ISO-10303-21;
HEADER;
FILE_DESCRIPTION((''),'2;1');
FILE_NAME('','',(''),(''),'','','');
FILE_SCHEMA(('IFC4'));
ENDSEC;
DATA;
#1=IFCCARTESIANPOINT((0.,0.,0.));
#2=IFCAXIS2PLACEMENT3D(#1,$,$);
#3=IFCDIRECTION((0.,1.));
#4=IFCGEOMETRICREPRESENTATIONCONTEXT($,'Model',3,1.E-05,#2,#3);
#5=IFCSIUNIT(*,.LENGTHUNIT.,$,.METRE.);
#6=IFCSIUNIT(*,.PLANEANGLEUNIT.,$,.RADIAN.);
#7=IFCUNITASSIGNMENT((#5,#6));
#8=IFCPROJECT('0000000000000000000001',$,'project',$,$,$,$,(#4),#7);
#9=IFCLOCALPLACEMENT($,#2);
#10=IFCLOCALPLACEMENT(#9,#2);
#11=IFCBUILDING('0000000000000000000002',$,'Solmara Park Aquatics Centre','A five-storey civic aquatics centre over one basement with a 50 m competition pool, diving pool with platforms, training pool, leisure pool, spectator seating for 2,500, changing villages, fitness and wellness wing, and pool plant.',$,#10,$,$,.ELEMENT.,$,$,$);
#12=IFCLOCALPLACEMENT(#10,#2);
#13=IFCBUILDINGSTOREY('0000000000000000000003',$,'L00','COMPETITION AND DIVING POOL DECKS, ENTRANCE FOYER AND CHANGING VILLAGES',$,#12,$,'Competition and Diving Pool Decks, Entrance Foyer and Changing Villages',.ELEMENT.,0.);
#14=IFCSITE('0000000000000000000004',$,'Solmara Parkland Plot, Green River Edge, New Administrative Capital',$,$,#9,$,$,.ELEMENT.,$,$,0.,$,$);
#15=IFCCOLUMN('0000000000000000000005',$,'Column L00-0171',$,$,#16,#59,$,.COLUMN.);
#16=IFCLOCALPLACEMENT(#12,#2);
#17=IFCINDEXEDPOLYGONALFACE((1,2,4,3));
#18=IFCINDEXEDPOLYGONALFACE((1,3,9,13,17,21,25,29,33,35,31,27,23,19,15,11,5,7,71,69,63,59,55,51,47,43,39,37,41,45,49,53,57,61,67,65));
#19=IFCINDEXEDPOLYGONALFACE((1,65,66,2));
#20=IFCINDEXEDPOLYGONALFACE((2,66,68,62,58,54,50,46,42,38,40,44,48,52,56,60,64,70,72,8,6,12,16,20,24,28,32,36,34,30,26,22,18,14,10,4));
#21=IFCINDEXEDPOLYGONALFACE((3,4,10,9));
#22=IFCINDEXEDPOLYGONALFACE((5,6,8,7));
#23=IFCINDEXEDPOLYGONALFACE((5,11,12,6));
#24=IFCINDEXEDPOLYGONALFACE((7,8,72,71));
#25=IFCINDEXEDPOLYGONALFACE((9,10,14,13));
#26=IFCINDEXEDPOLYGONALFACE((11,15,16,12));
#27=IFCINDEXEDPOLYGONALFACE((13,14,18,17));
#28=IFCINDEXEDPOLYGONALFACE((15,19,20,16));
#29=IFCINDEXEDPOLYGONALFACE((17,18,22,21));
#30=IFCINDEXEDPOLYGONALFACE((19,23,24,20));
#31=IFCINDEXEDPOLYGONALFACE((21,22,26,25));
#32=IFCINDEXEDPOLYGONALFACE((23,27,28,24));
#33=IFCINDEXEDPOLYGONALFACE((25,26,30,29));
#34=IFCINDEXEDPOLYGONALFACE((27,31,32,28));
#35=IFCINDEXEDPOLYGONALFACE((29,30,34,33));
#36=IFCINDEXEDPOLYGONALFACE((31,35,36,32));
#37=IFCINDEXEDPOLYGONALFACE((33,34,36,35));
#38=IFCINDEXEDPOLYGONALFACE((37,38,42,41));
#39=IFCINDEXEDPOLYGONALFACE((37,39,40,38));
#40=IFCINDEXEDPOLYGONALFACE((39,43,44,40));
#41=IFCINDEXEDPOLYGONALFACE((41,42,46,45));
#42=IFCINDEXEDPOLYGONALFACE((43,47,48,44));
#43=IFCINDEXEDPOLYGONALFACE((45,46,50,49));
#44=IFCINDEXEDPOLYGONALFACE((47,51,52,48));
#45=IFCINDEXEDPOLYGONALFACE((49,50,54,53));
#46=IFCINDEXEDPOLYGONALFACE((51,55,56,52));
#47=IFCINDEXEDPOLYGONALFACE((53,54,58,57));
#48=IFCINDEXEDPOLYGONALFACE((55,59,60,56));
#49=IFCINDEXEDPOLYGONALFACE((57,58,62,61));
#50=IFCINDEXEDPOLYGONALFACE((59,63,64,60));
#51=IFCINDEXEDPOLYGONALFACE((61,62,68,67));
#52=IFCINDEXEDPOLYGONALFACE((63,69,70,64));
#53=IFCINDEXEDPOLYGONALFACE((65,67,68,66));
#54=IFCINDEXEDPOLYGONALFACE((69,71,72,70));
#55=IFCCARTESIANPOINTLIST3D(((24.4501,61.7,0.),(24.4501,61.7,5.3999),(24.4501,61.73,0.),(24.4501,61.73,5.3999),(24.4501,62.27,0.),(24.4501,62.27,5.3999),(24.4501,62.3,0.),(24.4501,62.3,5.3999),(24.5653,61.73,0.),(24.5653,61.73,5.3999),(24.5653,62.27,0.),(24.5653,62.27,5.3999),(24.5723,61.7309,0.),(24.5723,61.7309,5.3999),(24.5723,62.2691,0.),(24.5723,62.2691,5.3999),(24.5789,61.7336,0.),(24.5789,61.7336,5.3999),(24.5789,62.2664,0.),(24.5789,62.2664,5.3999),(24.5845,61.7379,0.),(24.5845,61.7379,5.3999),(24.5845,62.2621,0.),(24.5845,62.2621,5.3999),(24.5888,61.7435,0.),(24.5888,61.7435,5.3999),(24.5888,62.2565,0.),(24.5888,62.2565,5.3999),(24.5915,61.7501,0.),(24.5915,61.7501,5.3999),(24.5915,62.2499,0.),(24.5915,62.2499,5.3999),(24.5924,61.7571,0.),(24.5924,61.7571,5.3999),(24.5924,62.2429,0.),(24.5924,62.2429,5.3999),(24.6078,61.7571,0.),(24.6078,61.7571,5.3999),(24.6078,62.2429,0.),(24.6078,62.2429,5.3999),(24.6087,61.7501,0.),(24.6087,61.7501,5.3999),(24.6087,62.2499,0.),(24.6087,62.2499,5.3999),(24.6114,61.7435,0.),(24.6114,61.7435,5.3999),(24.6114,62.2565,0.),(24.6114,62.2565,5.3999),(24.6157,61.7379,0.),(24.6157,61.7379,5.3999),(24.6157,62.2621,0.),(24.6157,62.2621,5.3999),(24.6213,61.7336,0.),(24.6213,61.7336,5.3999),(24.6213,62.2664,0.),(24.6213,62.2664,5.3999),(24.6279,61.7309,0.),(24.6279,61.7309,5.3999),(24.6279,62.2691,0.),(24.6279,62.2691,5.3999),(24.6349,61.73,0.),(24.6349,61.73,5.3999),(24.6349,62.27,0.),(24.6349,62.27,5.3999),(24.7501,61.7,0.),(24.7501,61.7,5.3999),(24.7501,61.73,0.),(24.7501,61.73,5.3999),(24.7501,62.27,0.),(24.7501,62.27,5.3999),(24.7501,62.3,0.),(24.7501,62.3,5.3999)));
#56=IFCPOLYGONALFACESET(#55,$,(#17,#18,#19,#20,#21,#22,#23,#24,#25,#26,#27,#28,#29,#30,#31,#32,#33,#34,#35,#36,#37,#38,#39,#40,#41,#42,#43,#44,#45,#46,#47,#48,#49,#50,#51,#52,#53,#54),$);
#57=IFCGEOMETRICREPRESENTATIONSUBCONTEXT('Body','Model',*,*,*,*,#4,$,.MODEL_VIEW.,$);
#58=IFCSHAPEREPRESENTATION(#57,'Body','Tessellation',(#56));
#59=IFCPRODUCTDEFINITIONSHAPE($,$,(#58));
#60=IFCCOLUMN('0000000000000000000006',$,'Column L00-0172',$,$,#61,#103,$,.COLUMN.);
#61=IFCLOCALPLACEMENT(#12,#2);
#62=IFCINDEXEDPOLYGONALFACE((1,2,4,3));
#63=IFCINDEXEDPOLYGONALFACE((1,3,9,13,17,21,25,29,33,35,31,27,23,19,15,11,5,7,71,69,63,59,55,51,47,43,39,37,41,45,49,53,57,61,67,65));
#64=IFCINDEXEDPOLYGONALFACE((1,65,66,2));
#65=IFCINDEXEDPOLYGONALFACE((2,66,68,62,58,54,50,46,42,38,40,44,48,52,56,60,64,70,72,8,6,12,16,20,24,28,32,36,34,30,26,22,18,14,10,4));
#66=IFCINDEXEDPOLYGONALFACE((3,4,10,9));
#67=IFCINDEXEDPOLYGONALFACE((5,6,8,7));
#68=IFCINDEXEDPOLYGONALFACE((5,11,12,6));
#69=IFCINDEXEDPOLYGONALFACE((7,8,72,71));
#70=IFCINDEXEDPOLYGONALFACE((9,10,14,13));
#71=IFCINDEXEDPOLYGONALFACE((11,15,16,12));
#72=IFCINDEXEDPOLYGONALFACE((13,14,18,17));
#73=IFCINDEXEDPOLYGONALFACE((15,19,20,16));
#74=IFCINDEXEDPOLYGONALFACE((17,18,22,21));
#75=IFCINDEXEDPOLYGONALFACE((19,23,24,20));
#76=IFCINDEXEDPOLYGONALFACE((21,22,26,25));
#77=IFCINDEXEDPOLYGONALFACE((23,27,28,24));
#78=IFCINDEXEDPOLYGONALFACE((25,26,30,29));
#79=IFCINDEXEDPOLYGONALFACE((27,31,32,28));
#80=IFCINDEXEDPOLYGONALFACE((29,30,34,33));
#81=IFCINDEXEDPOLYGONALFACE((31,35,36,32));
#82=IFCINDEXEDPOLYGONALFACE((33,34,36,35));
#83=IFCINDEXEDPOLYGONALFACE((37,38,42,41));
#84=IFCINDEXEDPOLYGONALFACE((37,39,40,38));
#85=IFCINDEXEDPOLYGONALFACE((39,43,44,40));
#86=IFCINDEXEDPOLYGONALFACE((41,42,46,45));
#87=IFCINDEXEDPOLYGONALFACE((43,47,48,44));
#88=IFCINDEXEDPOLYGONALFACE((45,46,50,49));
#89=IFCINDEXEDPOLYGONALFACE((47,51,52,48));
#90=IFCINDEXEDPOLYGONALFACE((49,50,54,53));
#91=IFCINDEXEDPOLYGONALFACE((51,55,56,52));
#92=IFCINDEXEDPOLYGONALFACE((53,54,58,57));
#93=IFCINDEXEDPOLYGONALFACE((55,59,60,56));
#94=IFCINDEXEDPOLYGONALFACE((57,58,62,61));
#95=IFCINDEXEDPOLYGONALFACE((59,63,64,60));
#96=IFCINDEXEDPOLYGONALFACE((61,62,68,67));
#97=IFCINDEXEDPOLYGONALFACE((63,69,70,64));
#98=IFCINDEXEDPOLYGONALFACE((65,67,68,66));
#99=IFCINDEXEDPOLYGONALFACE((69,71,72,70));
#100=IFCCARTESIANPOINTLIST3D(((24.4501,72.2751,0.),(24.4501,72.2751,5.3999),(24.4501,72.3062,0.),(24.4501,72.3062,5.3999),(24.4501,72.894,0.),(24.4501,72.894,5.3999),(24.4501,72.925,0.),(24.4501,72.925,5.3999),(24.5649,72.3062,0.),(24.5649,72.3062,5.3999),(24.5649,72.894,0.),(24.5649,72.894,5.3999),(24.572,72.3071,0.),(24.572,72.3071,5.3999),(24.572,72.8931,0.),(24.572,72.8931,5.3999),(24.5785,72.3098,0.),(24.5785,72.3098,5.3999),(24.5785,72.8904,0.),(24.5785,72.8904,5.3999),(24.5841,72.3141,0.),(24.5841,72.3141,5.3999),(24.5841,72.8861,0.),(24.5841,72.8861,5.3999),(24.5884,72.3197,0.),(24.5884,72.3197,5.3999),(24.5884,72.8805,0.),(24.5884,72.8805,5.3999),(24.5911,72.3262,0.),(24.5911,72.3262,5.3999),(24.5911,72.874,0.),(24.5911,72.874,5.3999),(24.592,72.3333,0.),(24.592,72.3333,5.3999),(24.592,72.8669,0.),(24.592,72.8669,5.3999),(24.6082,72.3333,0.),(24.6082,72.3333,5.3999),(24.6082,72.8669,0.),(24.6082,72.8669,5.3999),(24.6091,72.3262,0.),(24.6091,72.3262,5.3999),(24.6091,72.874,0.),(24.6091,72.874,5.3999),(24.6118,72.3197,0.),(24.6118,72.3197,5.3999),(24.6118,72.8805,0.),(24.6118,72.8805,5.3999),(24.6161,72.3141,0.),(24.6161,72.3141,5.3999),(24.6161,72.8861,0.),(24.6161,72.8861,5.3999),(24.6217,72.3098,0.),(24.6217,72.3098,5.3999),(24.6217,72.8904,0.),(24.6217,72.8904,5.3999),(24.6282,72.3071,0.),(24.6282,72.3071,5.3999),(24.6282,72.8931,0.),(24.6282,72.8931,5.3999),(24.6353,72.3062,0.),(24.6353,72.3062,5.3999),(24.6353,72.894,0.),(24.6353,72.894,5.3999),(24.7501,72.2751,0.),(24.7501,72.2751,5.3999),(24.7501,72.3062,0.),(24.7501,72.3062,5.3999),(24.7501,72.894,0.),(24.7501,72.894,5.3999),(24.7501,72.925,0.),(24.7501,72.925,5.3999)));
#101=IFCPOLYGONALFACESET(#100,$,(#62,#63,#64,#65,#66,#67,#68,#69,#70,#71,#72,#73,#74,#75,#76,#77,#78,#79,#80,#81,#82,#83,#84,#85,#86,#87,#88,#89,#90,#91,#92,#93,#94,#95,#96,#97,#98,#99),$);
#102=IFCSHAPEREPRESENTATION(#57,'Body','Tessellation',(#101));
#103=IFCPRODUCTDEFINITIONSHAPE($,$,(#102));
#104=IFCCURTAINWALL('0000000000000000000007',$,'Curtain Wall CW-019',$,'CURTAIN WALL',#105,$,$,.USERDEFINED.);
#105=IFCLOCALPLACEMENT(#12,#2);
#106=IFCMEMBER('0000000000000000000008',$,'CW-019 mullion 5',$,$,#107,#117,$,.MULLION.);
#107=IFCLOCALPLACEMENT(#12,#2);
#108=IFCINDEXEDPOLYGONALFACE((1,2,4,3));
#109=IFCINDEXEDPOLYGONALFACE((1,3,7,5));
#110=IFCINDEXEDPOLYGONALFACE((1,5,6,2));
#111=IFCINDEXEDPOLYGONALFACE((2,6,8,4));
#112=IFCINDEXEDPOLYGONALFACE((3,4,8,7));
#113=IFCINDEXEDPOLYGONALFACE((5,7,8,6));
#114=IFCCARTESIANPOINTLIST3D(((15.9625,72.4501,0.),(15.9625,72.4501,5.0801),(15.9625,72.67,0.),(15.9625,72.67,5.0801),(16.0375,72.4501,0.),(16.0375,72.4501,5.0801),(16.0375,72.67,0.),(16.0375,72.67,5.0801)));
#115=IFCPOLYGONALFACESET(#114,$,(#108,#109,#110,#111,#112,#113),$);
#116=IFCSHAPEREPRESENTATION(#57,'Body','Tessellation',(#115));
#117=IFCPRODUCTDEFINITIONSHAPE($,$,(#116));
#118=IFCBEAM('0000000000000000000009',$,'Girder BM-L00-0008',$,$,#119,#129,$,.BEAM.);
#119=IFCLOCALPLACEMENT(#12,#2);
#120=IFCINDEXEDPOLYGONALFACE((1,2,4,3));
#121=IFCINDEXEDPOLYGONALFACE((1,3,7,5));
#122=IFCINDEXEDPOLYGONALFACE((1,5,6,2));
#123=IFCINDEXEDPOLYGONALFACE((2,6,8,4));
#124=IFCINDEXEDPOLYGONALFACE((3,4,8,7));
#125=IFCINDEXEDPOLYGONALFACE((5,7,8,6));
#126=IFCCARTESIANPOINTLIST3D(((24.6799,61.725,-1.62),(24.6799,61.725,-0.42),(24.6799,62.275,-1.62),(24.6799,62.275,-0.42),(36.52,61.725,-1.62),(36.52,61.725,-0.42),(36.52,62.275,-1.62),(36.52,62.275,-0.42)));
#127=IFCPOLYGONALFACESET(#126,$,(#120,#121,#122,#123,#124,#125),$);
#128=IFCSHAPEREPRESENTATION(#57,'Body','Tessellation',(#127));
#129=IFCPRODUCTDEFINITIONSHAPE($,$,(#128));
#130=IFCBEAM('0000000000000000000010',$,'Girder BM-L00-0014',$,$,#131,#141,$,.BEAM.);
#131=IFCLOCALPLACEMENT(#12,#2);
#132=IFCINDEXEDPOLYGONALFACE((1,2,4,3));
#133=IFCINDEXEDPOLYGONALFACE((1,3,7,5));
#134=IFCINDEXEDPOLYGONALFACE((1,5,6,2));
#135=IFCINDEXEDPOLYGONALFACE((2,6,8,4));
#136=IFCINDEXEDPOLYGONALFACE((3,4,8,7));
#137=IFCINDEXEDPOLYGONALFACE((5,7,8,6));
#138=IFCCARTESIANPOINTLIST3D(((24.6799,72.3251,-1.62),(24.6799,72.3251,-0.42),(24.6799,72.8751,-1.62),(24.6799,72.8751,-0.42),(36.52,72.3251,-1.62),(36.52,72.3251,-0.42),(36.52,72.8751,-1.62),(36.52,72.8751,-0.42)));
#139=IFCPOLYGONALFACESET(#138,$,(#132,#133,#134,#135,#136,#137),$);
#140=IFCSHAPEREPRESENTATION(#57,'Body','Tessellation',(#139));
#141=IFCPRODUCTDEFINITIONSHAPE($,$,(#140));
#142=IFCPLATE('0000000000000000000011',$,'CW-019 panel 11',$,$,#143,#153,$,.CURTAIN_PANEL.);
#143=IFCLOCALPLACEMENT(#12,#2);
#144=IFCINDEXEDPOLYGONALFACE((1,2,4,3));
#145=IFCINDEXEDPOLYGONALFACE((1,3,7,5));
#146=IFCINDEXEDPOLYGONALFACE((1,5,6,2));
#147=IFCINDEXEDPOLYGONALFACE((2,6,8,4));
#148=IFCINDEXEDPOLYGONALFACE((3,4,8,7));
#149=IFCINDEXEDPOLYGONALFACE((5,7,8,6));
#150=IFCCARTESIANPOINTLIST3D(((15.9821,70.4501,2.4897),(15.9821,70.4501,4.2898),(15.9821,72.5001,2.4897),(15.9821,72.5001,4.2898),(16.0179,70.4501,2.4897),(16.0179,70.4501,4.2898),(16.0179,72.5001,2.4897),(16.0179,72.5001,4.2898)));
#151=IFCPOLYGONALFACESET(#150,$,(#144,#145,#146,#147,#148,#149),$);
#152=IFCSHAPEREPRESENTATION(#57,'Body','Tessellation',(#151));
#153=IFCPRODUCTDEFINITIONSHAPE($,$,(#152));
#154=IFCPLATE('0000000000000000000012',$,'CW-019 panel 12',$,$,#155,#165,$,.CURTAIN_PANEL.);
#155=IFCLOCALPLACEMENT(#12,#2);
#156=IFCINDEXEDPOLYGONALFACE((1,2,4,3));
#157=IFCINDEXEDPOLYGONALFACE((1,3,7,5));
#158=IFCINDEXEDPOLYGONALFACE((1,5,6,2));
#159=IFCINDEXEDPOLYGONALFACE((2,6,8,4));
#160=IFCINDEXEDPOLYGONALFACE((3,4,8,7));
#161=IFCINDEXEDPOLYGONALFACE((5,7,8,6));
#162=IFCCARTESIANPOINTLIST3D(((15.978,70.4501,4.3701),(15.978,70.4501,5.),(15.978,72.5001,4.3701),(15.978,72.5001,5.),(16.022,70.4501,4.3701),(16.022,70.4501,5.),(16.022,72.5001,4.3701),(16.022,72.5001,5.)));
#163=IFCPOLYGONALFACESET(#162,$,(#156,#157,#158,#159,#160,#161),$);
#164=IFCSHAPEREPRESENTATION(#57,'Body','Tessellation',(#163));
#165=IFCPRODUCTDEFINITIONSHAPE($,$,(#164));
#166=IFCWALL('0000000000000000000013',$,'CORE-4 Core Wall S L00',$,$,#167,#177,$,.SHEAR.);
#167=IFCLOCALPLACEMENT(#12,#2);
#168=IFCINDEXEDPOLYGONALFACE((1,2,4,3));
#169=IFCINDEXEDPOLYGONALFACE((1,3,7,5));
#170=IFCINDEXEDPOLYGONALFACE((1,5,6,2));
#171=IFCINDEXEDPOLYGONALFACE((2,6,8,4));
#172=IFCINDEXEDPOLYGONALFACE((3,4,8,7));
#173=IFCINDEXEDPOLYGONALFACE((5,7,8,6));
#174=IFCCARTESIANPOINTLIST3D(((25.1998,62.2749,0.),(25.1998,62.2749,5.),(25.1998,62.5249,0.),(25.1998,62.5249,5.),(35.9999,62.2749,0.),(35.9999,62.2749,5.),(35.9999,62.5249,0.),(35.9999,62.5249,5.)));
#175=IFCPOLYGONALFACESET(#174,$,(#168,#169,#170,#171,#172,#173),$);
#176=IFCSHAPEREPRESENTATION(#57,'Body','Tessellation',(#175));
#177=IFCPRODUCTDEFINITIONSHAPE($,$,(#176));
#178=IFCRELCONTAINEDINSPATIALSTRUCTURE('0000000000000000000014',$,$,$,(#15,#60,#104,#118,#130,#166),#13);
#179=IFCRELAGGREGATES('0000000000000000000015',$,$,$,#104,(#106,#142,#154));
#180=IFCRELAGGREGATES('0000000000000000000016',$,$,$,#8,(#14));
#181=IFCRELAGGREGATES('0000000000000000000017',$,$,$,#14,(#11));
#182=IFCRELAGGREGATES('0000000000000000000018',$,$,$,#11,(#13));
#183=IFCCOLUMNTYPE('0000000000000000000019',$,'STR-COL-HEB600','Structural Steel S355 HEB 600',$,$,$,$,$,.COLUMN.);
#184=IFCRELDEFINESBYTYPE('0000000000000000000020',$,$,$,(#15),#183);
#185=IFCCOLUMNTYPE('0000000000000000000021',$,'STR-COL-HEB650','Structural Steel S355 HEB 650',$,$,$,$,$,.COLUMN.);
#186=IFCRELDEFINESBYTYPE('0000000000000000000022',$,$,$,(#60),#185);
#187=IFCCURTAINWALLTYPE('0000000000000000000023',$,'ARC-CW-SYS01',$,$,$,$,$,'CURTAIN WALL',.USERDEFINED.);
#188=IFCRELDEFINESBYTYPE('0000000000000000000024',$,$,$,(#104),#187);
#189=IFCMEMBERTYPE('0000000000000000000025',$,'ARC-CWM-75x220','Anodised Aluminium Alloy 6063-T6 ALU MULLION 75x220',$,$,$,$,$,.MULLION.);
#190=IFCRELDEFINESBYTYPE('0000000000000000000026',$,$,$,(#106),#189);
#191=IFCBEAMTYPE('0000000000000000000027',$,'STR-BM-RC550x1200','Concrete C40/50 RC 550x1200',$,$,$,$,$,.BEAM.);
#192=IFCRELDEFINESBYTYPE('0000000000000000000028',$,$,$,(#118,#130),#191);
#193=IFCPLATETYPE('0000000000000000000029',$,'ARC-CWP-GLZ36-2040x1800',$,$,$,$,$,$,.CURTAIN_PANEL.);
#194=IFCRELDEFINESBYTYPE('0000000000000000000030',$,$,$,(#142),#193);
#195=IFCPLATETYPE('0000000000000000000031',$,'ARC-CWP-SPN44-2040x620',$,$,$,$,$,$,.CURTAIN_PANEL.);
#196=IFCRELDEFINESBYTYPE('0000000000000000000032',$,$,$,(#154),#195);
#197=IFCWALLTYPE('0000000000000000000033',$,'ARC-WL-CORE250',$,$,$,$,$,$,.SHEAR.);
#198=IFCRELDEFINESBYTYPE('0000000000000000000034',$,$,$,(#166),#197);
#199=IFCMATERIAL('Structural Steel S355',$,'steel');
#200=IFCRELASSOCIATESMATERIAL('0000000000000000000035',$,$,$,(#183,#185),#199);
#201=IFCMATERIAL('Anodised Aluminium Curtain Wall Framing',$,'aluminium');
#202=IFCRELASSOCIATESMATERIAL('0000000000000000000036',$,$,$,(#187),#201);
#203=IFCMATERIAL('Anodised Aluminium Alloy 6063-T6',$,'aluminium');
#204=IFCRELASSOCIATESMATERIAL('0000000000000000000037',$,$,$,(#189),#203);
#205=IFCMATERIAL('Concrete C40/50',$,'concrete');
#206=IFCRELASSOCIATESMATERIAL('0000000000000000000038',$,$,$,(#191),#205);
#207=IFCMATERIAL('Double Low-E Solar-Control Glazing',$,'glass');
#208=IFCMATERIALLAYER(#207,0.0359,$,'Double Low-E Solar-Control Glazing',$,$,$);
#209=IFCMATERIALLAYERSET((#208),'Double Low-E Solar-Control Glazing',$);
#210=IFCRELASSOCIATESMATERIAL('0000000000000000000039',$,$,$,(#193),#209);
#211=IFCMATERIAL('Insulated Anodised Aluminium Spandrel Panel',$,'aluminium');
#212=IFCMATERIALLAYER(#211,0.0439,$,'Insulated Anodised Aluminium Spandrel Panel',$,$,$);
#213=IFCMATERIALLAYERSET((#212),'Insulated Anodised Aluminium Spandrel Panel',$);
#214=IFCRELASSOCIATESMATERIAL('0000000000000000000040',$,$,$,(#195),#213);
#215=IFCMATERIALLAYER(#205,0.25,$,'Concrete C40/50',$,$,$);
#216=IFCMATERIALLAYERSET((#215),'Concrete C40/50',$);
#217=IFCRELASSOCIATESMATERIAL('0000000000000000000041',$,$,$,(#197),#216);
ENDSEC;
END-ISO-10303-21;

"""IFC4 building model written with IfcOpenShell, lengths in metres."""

from ifc_helpers import new_model, si_unit, direction, frame, frame_2d, origin, origin_2d, place, context, subcontext, project, spatial, rectangle, i_section, extrude, material, layer, layer_set, material_profile, profile_set, type_object, element, aggregate, save


model = new_model("IFC4")

# Units and contexts
model_context = context("Model", 3, precision=1e-05, world=origin(), true_north=direction((0.0, 1.0)))
body_context = subcontext(model_context, "Body", "Model", "MODEL_VIEW")
ifc_project = project(units=[si_unit("LENGTHUNIT", "METRE"), si_unit("PLANEANGLEUNIT", "RADIAN")], contexts=[model_context])

# Site, building, storey
site_placement = place(None, origin())
site = spatial("IfcSite", under=ifc_project, at=site_placement, Name="Solmara Parkland Plot, Green River Edge, New Administrative Capital", CompositionType="ELEMENT", RefElevation=0.0)
building_placement = place(site_placement, origin())
building = spatial("IfcBuilding", under=site, at=building_placement, Name="Solmara Park Aquatics Centre", Description="A five-storey civic aquatics centre over one basement with a 50 m competition pool, diving pool with platforms, training pool, leisure pool, spectator seating for 2,500, changing villages, fitness and wellness wing, and pool plant.", CompositionType="ELEMENT")
storey_placement = place(building_placement, origin())
storey = spatial("IfcBuildingStorey", under=building, at=storey_placement, Name="L00", Description="COMPETITION AND DIVING POOL DECKS, ENTRANCE FOYER AND CHANGING VILLAGES", LongName="Competition and Diving Pool Decks, Entrance Foyer and Changing Villages", CompositionType="ELEMENT", Elevation=0.0)

# Columns
ifc_material_1 = material(Name="Structural Steel S355", Category="steel")
ifc_material_profile_1 = material_profile(ifc_material_1, i_section(OverallWidth=0.3, OverallDepth=0.6001, WebThickness=0.0154, FlangeThickness=0.03, FilletRadius=0.0271, at=origin_2d()), Name="HEB 600")
ifc_profile_set_1 = profile_set([ifc_material_profile_1], Name="Structural Steel S355")
column_type_1 = type_object("IfcColumnType", Name="STR-COL-HEB600", Description="Structural Steel S355 HEB 600", PredefinedType="COLUMN", material=ifc_profile_set_1)
column_1_placement = place(storey_placement, frame((24.6001, 62.0, 0.0), z_axis=(0.0, 0.0, 1.0), x_axis=(1.0, 0.0, 0.0)))
element("IfcColumn", 1, at=column_1_placement, inside=storey, type_object=column_type_1, Name="Column L00-0171", PredefinedType="COLUMN", context=body_context, shape_type="SweptSolid", body=[
    extrude(i_section(OverallWidth=0.3, OverallDepth=0.6001, WebThickness=0.0154, FlangeThickness=0.03, FilletRadius=0.0271, at=origin_2d()), origin(), (0.0, 0.0, 1.0), 5.3999),
])
ifc_material_profile_2 = material_profile(ifc_material_1, i_section(OverallWidth=0.3, OverallDepth=0.6499, WebThickness=0.0161, FlangeThickness=0.031, FilletRadius=0.0271, at=origin_2d()), Name="HEB 650")
ifc_profile_set_2 = profile_set([ifc_material_profile_2], Name="Structural Steel S355")
column_type_2 = type_object("IfcColumnType", Name="STR-COL-HEB650", Description="Structural Steel S355 HEB 650", PredefinedType="COLUMN", material=ifc_profile_set_2)
column_2_placement = place(storey_placement, frame((24.6001, 72.6001, 0.0), z_axis=(0.0, 0.0, 1.0), x_axis=(1.0, 0.0, 0.0)))
element("IfcColumn", 2, at=column_2_placement, inside=storey, type_object=column_type_2, Name="Column L00-0172", PredefinedType="COLUMN", context=body_context, shape_type="SweptSolid", body=[
    extrude(i_section(OverallWidth=0.3, OverallDepth=0.6499, WebThickness=0.0161, FlangeThickness=0.031, FilletRadius=0.0271, at=origin_2d()), origin(), (0.0, 0.0, 1.0), 5.3999),
])

# Curtain wall, member
ifc_material_2 = material(Name="Anodised Aluminium Curtain Wall Framing", Category="aluminium")
curtain_wall_type = type_object("IfcCurtainWallType", Name="ARC-CW-SYS01", ElementType="CURTAIN WALL", PredefinedType="USERDEFINED", material=ifc_material_2)
curtain_wall_placement = place(storey_placement, origin())
curtain_wall = element("IfcCurtainWall", 3, at=curtain_wall_placement, inside=storey, type_object=curtain_wall_type, Name="Curtain Wall CW-019", ObjectType="CURTAIN WALL", PredefinedType="USERDEFINED")
ifc_material_3 = material(Name="Anodised Aluminium Alloy 6063-T6", Category="aluminium")
ifc_material_profile_3 = material_profile(ifc_material_3, rectangle(XDim=0.075, YDim=0.22, at=origin_2d()), Name="ALU MULLION 75x220")
ifc_profile_set_3 = profile_set([ifc_material_profile_3], Name="Anodised Aluminium Alloy 6063-T6")
member_type = type_object("IfcMemberType", Name="ARC-CWM-75x220", Description="Anodised Aluminium Alloy 6063-T6 ALU MULLION 75x220", PredefinedType="MULLION", material=ifc_profile_set_3)
member_placement = place(storey_placement, frame((16.0, 72.5601, 0.0), z_axis=(0.0, 0.0, 1.0), x_axis=(1.0, 0.0, 0.0)))
member = element("IfcMember", 4, at=member_placement, type_object=member_type, Name="CW-019 mullion 5", PredefinedType="MULLION", context=body_context, shape_type="SweptSolid", body=[
    extrude(rectangle(XDim=0.075, YDim=0.22, at=origin_2d()), origin(), (0.0, 0.0, 1.0), 5.0801),
])

# Beams
ifc_material_4 = material(Name="Concrete C40/50", Category="concrete")
ifc_material_profile_4 = material_profile(ifc_material_4, rectangle(XDim=0.55, YDim=1.2, at=origin_2d()), Name="RC 550x1200")
ifc_profile_set_4 = profile_set([ifc_material_profile_4], Name="Concrete C40/50")
beam_type = type_object("IfcBeamType", Name="STR-BM-RC550x1200", Description="Concrete C40/50 RC 550x1200", PredefinedType="BEAM", material=ifc_profile_set_4)
for number, where, z_axis, x_axis, name in (
    (5, (24.6799, 62.0, -1.02), (1.0, 0.0, 0.0), (0.0, 1.0, 0.0), "Girder BM-L00-0008"),
    (6, (24.6799, 72.6001, -1.02), (1.0, 0.0, 0.0), (0.0, 1.0, 0.0), "Girder BM-L00-0014"),
):
    element("IfcBeam", number, at=place(storey_placement, frame(where, z_axis=z_axis, x_axis=x_axis)), inside=storey, type_object=beam_type, Name=name, PredefinedType="BEAM", context=body_context, shape_type="SweptSolid", body=[
        extrude(rectangle(XDim=0.55, YDim=1.2, at=origin_2d()), origin(), (0.0, 0.0, 1.0), 11.8401),
    ])

# Plates
ifc_material_5 = material(Name="Double Low-E Solar-Control Glazing", Category="glass")
ifc_layer_1 = layer(ifc_material_5, 0.0359, Name="Double Low-E Solar-Control Glazing")
ifc_layer_set_1 = layer_set([ifc_layer_1], Name="Double Low-E Solar-Control Glazing")
plate_type_1 = type_object("IfcPlateType", Name="ARC-CWP-GLZ36-2040x1800", PredefinedType="CURTAIN_PANEL", material=ifc_layer_set_1)
plate_1_placement = place(storey_placement, frame((16.0, 71.4751, 2.4897), z_axis=(0.0, 0.0, 1.0), x_axis=(0.0, 1.0, 0.0)))
plate_1 = element("IfcPlate", 7, at=plate_1_placement, type_object=plate_type_1, Name="CW-019 panel 11", PredefinedType="CURTAIN_PANEL", context=body_context, shape_type="SweptSolid", body=[
    extrude(rectangle(XDim=2.05, YDim=0.0359, at=origin_2d()), origin(), (0.0, 0.0, 1.0), 1.8),
])
ifc_material_6 = material(Name="Insulated Anodised Aluminium Spandrel Panel", Category="aluminium")
ifc_layer_2 = layer(ifc_material_6, 0.0439, Name="Insulated Anodised Aluminium Spandrel Panel")
ifc_layer_set_2 = layer_set([ifc_layer_2], Name="Insulated Anodised Aluminium Spandrel Panel")
plate_type_2 = type_object("IfcPlateType", Name="ARC-CWP-SPN44-2040x620", PredefinedType="CURTAIN_PANEL", material=ifc_layer_set_2)
plate_2_placement = place(storey_placement, frame((16.0, 71.4751, 4.3701), z_axis=(0.0, 0.0, 1.0), x_axis=(0.0, 1.0, 0.0)))
plate_2 = element("IfcPlate", 8, at=plate_2_placement, type_object=plate_type_2, Name="CW-019 panel 12", PredefinedType="CURTAIN_PANEL", context=body_context, shape_type="SweptSolid", body=[
    extrude(rectangle(XDim=2.05, YDim=0.0439, at=origin_2d()), origin(), (0.0, 0.0, 1.0), 0.6299),
])
aggregate(curtain_wall, [member, plate_1, plate_2])

# Wall
ifc_layer_3 = layer(ifc_material_4, 0.25, Name="Concrete C40/50")
ifc_layer_set_3 = layer_set([ifc_layer_3], Name="Concrete C40/50")
wall_type_1 = type_object("IfcWallType", Name="ARC-WL-CORE250", PredefinedType="SHEAR", material=ifc_layer_set_3)
wall_1_placement = place(storey_placement, frame((25.2, 62.3999, 0.0), z_axis=(0.0, 0.0, 1.0), x_axis=(1.0, 0.0, 0.0)))
element("IfcWall", 9, at=wall_1_placement, inside=storey, type_object=wall_type_1, Name="CORE-4 Core Wall S L00", PredefinedType="SHEAR", context=body_context, shape_type="SweptSolid", body=[
    extrude(rectangle(XDim=10.8, YDim=0.25, at=frame_2d((5.3999, 0.0))), origin(), (0.0, 0.0, 1.0), 5.0),
])

save(model, "model.ifc")
